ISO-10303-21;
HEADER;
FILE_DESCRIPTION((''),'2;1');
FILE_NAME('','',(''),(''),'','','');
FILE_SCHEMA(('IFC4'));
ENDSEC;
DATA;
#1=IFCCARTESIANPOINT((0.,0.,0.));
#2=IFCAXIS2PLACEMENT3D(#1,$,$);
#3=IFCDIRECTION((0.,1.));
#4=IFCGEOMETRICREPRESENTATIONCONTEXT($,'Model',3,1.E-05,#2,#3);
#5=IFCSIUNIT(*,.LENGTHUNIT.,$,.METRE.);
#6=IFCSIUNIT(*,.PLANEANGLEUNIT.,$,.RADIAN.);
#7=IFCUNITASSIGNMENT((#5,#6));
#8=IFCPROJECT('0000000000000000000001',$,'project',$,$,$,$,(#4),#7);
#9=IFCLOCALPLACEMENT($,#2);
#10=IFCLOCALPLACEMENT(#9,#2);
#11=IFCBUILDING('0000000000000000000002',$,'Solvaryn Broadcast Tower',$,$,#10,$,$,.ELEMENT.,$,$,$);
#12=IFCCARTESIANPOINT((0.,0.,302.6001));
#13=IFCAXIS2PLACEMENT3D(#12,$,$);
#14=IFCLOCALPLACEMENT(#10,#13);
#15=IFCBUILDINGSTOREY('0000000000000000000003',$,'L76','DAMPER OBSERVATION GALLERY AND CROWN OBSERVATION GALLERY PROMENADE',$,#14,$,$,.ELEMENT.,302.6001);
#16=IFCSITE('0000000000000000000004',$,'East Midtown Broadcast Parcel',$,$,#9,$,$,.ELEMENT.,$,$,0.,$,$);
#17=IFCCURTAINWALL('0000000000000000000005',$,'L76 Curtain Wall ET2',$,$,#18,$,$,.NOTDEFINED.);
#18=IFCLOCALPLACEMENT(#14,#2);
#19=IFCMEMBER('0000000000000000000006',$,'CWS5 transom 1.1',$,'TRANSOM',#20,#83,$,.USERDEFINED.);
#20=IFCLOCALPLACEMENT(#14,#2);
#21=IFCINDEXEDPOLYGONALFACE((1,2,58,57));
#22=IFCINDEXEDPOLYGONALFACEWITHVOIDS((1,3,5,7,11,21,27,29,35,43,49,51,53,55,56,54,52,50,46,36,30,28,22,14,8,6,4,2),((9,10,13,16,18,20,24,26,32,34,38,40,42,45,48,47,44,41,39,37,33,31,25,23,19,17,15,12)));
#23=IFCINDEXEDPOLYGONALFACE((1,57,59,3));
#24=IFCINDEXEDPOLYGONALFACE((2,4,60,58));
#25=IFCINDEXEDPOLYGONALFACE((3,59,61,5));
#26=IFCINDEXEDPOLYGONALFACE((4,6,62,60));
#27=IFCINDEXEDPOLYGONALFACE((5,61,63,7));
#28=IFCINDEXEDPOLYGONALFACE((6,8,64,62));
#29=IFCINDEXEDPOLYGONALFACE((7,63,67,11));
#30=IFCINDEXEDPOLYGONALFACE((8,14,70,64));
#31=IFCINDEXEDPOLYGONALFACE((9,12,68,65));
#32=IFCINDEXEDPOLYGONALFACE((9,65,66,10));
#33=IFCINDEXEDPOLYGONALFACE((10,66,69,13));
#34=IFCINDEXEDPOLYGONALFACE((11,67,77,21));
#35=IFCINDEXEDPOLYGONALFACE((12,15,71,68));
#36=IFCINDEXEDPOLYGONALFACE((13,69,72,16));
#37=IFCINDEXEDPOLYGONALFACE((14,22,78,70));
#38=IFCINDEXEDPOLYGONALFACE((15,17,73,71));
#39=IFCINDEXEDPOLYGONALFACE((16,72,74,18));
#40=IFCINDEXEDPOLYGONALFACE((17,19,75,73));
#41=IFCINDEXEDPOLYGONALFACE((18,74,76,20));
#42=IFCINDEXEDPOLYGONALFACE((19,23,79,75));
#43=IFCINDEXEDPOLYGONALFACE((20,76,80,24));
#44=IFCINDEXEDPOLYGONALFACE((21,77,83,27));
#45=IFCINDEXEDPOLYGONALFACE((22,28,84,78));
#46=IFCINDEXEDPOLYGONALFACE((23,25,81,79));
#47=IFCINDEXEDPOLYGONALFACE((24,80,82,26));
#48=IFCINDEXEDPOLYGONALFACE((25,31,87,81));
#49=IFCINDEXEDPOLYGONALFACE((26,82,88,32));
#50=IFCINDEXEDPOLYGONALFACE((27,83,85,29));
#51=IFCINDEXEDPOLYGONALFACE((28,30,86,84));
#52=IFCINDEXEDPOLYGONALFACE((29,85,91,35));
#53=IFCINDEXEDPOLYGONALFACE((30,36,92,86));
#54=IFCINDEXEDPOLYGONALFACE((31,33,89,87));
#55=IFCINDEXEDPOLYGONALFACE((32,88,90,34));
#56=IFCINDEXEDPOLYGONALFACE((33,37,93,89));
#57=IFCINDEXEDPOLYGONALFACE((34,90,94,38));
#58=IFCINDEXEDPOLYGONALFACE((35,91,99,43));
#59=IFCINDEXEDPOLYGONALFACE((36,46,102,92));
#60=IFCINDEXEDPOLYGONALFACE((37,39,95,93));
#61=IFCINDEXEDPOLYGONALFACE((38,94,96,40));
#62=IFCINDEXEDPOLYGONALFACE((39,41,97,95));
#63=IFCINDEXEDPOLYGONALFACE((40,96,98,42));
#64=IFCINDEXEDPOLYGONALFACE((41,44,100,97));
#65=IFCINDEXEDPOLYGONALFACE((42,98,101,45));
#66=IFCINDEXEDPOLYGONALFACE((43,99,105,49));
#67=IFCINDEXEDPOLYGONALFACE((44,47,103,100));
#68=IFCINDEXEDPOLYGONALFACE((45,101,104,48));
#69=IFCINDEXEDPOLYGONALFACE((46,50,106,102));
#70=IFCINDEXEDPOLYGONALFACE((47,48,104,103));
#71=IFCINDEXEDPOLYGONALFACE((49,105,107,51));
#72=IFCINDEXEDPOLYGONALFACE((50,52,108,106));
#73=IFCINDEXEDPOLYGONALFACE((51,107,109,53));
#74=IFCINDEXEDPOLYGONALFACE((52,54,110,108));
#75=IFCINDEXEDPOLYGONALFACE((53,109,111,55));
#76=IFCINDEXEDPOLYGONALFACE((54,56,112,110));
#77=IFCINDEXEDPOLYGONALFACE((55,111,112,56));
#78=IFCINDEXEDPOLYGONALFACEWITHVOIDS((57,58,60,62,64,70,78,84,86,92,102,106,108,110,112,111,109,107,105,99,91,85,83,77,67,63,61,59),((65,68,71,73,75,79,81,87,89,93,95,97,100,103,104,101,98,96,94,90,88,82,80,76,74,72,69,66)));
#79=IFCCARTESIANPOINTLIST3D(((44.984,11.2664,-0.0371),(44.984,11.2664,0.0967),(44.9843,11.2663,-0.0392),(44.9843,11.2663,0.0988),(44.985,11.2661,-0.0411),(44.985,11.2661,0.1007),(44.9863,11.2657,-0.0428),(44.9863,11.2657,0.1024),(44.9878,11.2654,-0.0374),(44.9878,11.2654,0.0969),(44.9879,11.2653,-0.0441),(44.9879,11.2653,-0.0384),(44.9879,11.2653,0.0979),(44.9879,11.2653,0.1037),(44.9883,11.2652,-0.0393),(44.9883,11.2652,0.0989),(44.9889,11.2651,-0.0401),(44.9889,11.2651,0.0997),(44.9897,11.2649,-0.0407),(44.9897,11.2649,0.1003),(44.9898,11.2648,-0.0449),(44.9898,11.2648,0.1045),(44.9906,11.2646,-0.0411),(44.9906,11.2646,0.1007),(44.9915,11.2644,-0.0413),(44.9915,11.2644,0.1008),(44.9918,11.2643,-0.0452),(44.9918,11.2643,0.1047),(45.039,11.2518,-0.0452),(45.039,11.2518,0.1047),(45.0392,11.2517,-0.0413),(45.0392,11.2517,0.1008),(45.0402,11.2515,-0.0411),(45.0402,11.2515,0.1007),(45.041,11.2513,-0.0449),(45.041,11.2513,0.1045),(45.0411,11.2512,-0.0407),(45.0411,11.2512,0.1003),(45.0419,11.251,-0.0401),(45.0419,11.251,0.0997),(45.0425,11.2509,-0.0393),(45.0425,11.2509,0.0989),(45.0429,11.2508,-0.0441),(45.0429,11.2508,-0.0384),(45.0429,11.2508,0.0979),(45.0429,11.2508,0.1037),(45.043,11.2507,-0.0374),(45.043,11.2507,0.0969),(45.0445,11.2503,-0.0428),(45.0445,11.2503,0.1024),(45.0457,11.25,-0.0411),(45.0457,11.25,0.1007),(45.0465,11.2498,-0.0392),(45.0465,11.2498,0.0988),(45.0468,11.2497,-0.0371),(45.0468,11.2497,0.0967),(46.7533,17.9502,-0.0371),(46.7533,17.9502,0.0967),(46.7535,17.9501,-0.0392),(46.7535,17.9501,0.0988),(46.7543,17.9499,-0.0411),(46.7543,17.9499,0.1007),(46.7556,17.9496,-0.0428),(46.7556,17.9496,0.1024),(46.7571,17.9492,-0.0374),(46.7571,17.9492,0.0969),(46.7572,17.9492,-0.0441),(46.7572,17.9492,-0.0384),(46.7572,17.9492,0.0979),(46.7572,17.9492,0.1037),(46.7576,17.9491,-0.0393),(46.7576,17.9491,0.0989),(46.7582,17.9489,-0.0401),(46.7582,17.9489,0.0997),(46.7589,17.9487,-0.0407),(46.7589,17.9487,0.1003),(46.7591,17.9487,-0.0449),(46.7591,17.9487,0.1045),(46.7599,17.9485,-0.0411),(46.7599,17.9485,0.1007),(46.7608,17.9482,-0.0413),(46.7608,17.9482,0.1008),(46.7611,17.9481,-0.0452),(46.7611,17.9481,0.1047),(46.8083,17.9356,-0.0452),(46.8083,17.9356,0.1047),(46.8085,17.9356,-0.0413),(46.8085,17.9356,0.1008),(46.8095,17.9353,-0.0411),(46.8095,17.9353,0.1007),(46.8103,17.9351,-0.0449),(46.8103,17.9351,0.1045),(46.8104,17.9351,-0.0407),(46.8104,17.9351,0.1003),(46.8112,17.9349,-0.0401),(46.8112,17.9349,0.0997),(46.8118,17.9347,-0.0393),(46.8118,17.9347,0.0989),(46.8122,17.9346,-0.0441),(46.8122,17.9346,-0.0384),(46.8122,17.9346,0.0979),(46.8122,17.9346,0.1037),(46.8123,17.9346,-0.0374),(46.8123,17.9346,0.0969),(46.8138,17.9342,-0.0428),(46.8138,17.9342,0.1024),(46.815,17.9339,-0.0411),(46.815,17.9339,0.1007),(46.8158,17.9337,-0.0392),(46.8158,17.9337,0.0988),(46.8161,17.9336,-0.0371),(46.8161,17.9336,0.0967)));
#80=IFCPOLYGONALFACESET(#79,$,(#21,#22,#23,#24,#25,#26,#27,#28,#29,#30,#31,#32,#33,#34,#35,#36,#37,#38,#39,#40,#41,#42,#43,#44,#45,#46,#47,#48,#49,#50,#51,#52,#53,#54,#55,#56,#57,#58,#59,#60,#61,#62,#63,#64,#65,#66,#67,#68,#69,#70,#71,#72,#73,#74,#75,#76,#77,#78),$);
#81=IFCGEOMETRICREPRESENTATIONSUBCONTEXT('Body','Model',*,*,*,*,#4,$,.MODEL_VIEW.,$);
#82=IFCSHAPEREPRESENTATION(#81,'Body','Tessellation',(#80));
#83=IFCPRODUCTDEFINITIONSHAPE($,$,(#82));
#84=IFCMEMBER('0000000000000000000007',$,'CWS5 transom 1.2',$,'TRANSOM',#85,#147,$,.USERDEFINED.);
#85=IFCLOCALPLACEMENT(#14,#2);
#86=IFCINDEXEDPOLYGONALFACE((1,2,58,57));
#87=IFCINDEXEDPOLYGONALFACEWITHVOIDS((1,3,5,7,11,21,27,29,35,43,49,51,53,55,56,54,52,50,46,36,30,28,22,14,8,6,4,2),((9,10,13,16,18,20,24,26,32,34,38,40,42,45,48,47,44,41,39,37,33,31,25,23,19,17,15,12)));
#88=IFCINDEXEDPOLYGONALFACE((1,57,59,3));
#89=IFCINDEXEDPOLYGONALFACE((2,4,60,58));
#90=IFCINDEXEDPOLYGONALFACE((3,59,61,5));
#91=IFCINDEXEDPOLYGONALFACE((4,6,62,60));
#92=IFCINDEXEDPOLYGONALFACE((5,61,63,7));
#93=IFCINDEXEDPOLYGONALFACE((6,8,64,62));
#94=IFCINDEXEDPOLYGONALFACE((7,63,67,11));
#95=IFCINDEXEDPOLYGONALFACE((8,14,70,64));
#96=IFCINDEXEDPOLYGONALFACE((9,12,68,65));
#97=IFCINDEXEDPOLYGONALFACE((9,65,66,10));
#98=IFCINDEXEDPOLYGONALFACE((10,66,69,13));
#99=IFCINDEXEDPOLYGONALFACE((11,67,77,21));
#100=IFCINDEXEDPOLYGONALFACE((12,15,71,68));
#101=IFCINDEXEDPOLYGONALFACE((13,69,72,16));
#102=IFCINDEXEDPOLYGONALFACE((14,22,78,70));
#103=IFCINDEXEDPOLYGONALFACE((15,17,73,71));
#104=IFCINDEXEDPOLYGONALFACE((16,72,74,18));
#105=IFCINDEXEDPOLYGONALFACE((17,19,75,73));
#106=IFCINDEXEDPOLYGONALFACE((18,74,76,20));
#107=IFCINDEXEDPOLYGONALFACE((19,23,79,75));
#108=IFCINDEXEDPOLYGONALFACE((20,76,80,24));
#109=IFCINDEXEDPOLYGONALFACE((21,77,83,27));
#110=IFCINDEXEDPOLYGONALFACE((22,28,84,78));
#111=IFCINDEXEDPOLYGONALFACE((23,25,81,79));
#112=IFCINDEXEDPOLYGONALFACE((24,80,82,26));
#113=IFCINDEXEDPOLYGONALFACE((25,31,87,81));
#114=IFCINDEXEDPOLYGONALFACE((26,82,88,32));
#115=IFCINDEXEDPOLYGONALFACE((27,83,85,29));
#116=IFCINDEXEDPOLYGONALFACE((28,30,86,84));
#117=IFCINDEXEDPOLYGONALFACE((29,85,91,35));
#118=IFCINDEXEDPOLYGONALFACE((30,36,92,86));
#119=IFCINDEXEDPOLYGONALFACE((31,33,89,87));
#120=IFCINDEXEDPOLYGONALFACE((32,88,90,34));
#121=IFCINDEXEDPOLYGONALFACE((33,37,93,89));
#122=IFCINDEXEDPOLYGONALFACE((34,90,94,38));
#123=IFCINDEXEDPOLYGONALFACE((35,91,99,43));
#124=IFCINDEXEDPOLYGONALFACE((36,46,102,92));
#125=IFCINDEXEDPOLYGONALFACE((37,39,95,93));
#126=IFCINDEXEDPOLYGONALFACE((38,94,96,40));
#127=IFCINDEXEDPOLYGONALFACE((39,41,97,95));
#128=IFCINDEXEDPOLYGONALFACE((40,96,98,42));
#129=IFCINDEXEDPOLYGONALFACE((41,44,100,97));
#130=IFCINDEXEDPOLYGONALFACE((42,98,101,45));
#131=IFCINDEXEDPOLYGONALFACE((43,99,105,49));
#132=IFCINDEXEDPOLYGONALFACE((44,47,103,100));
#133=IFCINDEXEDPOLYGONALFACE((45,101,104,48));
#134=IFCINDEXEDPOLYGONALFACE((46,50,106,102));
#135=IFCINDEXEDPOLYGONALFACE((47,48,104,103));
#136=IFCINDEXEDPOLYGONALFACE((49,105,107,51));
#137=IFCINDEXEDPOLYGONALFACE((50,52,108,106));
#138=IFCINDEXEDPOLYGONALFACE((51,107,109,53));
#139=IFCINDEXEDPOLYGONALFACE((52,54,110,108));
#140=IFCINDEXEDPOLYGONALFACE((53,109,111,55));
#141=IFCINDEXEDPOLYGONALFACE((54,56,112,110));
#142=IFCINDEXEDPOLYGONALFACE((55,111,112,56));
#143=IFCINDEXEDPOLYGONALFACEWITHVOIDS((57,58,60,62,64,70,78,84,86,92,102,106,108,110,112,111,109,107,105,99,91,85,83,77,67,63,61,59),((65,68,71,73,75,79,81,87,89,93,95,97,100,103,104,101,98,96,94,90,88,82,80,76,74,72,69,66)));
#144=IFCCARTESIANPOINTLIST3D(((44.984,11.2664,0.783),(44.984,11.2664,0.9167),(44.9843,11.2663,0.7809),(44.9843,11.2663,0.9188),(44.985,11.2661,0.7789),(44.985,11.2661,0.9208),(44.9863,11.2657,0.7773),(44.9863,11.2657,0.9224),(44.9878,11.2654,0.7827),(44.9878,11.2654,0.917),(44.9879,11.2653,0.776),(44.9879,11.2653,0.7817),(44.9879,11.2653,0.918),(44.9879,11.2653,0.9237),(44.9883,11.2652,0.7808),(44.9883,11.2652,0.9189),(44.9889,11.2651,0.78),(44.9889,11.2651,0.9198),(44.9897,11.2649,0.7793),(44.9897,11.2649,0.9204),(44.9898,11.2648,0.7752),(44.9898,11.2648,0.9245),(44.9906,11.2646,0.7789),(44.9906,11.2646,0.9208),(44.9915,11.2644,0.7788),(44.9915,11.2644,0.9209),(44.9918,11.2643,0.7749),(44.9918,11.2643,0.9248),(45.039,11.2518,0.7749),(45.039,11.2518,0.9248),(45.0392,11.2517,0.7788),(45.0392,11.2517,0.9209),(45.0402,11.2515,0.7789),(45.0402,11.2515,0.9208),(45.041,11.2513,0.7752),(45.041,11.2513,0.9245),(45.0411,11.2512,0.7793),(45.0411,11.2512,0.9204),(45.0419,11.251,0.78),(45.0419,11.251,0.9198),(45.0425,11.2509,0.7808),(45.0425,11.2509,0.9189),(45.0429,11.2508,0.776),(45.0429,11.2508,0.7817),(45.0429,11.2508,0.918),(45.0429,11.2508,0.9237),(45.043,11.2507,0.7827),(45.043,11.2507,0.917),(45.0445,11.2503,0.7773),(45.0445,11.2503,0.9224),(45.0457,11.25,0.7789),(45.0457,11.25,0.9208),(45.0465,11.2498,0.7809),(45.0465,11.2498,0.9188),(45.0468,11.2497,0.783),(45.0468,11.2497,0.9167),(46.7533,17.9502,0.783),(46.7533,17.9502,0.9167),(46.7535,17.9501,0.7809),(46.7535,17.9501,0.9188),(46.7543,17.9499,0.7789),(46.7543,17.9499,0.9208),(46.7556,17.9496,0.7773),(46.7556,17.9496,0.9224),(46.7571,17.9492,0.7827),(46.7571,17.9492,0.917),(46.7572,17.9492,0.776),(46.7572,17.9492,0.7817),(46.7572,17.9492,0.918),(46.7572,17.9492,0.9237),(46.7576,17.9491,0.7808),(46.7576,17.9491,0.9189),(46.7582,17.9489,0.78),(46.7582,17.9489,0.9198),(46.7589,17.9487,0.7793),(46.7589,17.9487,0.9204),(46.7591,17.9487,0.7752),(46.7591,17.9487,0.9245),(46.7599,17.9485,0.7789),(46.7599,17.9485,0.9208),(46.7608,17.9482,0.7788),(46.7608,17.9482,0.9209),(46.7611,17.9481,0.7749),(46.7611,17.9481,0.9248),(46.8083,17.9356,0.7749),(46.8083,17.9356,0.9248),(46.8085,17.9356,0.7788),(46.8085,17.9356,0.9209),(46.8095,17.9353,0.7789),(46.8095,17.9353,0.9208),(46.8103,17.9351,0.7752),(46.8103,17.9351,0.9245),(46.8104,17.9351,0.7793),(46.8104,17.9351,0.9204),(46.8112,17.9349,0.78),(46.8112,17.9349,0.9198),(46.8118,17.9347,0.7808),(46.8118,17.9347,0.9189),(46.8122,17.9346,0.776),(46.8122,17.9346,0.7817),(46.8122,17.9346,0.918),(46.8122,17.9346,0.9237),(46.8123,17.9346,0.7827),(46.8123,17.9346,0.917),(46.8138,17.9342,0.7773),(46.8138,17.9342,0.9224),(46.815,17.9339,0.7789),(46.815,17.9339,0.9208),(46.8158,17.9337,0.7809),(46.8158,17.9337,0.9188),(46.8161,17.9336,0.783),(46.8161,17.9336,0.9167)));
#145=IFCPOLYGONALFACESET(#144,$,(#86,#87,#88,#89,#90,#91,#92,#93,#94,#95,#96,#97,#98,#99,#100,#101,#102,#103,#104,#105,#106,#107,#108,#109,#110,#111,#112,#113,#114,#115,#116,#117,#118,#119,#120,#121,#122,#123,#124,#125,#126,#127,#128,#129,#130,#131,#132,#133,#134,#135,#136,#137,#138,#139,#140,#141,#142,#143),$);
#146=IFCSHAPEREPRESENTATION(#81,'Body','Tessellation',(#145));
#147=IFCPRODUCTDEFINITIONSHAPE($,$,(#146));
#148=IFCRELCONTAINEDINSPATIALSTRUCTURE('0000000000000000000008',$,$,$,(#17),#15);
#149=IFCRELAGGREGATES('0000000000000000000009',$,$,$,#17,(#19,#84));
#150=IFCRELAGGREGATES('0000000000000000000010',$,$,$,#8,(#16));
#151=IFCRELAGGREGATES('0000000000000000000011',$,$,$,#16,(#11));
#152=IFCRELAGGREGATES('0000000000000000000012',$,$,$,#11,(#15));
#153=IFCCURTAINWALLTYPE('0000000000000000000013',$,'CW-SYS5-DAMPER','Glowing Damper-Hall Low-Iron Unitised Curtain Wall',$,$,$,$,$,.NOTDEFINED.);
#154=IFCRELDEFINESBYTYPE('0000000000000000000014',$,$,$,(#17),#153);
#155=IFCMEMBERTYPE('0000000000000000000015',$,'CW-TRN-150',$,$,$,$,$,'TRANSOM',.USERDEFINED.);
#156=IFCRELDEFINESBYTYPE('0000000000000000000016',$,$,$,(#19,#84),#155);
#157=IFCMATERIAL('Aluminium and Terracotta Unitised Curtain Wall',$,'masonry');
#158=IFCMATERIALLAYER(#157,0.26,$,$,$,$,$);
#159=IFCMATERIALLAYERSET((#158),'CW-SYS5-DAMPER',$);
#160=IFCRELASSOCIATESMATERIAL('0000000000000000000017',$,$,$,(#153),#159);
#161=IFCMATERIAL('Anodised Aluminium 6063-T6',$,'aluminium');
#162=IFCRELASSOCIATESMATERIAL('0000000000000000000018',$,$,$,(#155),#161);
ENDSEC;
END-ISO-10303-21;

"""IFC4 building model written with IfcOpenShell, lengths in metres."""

from ifc_helpers import new_model, si_unit, direction, frame, origin, origin_2d, place, context, subcontext, project, spatial, hollow_rectangle, extrude, material, layer, layer_set, material_profile, profile_set, type_object, element, aggregate, save


model = new_model("IFC4")

# Units and contexts
model_context = context("Model", 3, precision=1e-05, world=origin(), true_north=direction((0.0, 1.0)))
body_context = subcontext(model_context, "Body", "Model", "MODEL_VIEW")
ifc_project = project(units=[si_unit("LENGTHUNIT", "METRE"), si_unit("PLANEANGLEUNIT", "RADIAN")], contexts=[model_context])

# Site, building, storey
site_placement = place(None, origin())
site = spatial("IfcSite", under=ifc_project, at=site_placement, Name="East Midtown Broadcast Parcel", CompositionType="ELEMENT", RefElevation=0.0)
building_placement = place(site_placement, origin())
building = spatial("IfcBuilding", under=site, at=building_placement, Name="Solvaryn Broadcast Tower", CompositionType="ELEMENT")
storey_placement = place(building_placement, frame((0.0, 0.0, 302.6001)))
storey = spatial("IfcBuildingStorey", under=building, at=storey_placement, Name="L76", Description="DAMPER OBSERVATION GALLERY AND CROWN OBSERVATION GALLERY PROMENADE", CompositionType="ELEMENT", Elevation=302.6001)

# Shared definitions
ifc_material_1 = material(Name="Aluminium and Terracotta Unitised Curtain Wall", Category="masonry")
ifc_layer_1 = layer(ifc_material_1, 0.26)
ifc_layer_set_1 = layer_set([ifc_layer_1], Name="CW-SYS5-DAMPER")
curtain_wall_type = type_object("IfcCurtainWallType", Name="CW-SYS5-DAMPER", Description="Glowing Damper-Hall Low-Iron Unitised Curtain Wall", PredefinedType="NOTDEFINED", material=ifc_layer_set_1)

# Curtain wall, members
curtain_wall_1_placement = place(storey_placement, origin())
curtain_wall_1 = element("IfcCurtainWall", 1, at=curtain_wall_1_placement, inside=storey, type_object=curtain_wall_type, Name="L76 Curtain Wall ET2", PredefinedType="NOTDEFINED")
ifc_material_2 = material(Name="Anodised Aluminium 6063-T6", Category="aluminium")
ifc_material_profile_1 = material_profile(ifc_material_2, hollow_rectangle(XDim=0.0649, YDim=0.1499, WallThickness=0.0039, InnerFilletRadius=0.0039, OuterFilletRadius=0.0081, at=origin_2d()))
ifc_profile_set_1 = profile_set([ifc_material_profile_1], Name="Anodised Aluminium 6063-T6")
member_type_1 = type_object("IfcMemberType", Name="CW-TRN-150", ElementType="TRANSOM", PredefinedType="USERDEFINED", material=ifc_profile_set_1)
member_1_placement = place(storey_placement, frame((46.7847, 17.9419, 0.0298), z_axis=(-0.255897, -0.966704, 0.0), x_axis=(0.966704, -0.255897, 0.0)))
member_1 = element("IfcMember", 2, at=member_1_placement, type_object=member_type_1, Name="CWS5 transom 1.1", ObjectType="TRANSOM", PredefinedType="USERDEFINED", context=body_context, shape_type="SweptSolid", body=[
    extrude(hollow_rectangle(XDim=0.0649, YDim=0.1499, WallThickness=0.0039, InnerFilletRadius=0.0039, OuterFilletRadius=0.0081, at=origin_2d()), origin(), (0.0, 0.0, 1.0), 6.9141),
])
member_2_placement = place(storey_placement, frame((46.7847, 17.9419, 0.8499), z_axis=(-0.255897, -0.966704, 0.0), x_axis=(0.966704, -0.255897, 0.0)))
member_2 = element("IfcMember", 3, at=member_2_placement, type_object=member_type_1, Name="CWS5 transom 1.2", ObjectType="TRANSOM", PredefinedType="USERDEFINED", context=body_context, shape_type="SweptSolid", body=[
    extrude(hollow_rectangle(XDim=0.0649, YDim=0.1499, WallThickness=0.0039, InnerFilletRadius=0.0039, OuterFilletRadius=0.0081, at=origin_2d()), origin(), (0.0, 0.0, 1.0), 6.9141),
])

aggregate(curtain_wall_1, [member_1, member_2])

save(model, "model.ifc")
